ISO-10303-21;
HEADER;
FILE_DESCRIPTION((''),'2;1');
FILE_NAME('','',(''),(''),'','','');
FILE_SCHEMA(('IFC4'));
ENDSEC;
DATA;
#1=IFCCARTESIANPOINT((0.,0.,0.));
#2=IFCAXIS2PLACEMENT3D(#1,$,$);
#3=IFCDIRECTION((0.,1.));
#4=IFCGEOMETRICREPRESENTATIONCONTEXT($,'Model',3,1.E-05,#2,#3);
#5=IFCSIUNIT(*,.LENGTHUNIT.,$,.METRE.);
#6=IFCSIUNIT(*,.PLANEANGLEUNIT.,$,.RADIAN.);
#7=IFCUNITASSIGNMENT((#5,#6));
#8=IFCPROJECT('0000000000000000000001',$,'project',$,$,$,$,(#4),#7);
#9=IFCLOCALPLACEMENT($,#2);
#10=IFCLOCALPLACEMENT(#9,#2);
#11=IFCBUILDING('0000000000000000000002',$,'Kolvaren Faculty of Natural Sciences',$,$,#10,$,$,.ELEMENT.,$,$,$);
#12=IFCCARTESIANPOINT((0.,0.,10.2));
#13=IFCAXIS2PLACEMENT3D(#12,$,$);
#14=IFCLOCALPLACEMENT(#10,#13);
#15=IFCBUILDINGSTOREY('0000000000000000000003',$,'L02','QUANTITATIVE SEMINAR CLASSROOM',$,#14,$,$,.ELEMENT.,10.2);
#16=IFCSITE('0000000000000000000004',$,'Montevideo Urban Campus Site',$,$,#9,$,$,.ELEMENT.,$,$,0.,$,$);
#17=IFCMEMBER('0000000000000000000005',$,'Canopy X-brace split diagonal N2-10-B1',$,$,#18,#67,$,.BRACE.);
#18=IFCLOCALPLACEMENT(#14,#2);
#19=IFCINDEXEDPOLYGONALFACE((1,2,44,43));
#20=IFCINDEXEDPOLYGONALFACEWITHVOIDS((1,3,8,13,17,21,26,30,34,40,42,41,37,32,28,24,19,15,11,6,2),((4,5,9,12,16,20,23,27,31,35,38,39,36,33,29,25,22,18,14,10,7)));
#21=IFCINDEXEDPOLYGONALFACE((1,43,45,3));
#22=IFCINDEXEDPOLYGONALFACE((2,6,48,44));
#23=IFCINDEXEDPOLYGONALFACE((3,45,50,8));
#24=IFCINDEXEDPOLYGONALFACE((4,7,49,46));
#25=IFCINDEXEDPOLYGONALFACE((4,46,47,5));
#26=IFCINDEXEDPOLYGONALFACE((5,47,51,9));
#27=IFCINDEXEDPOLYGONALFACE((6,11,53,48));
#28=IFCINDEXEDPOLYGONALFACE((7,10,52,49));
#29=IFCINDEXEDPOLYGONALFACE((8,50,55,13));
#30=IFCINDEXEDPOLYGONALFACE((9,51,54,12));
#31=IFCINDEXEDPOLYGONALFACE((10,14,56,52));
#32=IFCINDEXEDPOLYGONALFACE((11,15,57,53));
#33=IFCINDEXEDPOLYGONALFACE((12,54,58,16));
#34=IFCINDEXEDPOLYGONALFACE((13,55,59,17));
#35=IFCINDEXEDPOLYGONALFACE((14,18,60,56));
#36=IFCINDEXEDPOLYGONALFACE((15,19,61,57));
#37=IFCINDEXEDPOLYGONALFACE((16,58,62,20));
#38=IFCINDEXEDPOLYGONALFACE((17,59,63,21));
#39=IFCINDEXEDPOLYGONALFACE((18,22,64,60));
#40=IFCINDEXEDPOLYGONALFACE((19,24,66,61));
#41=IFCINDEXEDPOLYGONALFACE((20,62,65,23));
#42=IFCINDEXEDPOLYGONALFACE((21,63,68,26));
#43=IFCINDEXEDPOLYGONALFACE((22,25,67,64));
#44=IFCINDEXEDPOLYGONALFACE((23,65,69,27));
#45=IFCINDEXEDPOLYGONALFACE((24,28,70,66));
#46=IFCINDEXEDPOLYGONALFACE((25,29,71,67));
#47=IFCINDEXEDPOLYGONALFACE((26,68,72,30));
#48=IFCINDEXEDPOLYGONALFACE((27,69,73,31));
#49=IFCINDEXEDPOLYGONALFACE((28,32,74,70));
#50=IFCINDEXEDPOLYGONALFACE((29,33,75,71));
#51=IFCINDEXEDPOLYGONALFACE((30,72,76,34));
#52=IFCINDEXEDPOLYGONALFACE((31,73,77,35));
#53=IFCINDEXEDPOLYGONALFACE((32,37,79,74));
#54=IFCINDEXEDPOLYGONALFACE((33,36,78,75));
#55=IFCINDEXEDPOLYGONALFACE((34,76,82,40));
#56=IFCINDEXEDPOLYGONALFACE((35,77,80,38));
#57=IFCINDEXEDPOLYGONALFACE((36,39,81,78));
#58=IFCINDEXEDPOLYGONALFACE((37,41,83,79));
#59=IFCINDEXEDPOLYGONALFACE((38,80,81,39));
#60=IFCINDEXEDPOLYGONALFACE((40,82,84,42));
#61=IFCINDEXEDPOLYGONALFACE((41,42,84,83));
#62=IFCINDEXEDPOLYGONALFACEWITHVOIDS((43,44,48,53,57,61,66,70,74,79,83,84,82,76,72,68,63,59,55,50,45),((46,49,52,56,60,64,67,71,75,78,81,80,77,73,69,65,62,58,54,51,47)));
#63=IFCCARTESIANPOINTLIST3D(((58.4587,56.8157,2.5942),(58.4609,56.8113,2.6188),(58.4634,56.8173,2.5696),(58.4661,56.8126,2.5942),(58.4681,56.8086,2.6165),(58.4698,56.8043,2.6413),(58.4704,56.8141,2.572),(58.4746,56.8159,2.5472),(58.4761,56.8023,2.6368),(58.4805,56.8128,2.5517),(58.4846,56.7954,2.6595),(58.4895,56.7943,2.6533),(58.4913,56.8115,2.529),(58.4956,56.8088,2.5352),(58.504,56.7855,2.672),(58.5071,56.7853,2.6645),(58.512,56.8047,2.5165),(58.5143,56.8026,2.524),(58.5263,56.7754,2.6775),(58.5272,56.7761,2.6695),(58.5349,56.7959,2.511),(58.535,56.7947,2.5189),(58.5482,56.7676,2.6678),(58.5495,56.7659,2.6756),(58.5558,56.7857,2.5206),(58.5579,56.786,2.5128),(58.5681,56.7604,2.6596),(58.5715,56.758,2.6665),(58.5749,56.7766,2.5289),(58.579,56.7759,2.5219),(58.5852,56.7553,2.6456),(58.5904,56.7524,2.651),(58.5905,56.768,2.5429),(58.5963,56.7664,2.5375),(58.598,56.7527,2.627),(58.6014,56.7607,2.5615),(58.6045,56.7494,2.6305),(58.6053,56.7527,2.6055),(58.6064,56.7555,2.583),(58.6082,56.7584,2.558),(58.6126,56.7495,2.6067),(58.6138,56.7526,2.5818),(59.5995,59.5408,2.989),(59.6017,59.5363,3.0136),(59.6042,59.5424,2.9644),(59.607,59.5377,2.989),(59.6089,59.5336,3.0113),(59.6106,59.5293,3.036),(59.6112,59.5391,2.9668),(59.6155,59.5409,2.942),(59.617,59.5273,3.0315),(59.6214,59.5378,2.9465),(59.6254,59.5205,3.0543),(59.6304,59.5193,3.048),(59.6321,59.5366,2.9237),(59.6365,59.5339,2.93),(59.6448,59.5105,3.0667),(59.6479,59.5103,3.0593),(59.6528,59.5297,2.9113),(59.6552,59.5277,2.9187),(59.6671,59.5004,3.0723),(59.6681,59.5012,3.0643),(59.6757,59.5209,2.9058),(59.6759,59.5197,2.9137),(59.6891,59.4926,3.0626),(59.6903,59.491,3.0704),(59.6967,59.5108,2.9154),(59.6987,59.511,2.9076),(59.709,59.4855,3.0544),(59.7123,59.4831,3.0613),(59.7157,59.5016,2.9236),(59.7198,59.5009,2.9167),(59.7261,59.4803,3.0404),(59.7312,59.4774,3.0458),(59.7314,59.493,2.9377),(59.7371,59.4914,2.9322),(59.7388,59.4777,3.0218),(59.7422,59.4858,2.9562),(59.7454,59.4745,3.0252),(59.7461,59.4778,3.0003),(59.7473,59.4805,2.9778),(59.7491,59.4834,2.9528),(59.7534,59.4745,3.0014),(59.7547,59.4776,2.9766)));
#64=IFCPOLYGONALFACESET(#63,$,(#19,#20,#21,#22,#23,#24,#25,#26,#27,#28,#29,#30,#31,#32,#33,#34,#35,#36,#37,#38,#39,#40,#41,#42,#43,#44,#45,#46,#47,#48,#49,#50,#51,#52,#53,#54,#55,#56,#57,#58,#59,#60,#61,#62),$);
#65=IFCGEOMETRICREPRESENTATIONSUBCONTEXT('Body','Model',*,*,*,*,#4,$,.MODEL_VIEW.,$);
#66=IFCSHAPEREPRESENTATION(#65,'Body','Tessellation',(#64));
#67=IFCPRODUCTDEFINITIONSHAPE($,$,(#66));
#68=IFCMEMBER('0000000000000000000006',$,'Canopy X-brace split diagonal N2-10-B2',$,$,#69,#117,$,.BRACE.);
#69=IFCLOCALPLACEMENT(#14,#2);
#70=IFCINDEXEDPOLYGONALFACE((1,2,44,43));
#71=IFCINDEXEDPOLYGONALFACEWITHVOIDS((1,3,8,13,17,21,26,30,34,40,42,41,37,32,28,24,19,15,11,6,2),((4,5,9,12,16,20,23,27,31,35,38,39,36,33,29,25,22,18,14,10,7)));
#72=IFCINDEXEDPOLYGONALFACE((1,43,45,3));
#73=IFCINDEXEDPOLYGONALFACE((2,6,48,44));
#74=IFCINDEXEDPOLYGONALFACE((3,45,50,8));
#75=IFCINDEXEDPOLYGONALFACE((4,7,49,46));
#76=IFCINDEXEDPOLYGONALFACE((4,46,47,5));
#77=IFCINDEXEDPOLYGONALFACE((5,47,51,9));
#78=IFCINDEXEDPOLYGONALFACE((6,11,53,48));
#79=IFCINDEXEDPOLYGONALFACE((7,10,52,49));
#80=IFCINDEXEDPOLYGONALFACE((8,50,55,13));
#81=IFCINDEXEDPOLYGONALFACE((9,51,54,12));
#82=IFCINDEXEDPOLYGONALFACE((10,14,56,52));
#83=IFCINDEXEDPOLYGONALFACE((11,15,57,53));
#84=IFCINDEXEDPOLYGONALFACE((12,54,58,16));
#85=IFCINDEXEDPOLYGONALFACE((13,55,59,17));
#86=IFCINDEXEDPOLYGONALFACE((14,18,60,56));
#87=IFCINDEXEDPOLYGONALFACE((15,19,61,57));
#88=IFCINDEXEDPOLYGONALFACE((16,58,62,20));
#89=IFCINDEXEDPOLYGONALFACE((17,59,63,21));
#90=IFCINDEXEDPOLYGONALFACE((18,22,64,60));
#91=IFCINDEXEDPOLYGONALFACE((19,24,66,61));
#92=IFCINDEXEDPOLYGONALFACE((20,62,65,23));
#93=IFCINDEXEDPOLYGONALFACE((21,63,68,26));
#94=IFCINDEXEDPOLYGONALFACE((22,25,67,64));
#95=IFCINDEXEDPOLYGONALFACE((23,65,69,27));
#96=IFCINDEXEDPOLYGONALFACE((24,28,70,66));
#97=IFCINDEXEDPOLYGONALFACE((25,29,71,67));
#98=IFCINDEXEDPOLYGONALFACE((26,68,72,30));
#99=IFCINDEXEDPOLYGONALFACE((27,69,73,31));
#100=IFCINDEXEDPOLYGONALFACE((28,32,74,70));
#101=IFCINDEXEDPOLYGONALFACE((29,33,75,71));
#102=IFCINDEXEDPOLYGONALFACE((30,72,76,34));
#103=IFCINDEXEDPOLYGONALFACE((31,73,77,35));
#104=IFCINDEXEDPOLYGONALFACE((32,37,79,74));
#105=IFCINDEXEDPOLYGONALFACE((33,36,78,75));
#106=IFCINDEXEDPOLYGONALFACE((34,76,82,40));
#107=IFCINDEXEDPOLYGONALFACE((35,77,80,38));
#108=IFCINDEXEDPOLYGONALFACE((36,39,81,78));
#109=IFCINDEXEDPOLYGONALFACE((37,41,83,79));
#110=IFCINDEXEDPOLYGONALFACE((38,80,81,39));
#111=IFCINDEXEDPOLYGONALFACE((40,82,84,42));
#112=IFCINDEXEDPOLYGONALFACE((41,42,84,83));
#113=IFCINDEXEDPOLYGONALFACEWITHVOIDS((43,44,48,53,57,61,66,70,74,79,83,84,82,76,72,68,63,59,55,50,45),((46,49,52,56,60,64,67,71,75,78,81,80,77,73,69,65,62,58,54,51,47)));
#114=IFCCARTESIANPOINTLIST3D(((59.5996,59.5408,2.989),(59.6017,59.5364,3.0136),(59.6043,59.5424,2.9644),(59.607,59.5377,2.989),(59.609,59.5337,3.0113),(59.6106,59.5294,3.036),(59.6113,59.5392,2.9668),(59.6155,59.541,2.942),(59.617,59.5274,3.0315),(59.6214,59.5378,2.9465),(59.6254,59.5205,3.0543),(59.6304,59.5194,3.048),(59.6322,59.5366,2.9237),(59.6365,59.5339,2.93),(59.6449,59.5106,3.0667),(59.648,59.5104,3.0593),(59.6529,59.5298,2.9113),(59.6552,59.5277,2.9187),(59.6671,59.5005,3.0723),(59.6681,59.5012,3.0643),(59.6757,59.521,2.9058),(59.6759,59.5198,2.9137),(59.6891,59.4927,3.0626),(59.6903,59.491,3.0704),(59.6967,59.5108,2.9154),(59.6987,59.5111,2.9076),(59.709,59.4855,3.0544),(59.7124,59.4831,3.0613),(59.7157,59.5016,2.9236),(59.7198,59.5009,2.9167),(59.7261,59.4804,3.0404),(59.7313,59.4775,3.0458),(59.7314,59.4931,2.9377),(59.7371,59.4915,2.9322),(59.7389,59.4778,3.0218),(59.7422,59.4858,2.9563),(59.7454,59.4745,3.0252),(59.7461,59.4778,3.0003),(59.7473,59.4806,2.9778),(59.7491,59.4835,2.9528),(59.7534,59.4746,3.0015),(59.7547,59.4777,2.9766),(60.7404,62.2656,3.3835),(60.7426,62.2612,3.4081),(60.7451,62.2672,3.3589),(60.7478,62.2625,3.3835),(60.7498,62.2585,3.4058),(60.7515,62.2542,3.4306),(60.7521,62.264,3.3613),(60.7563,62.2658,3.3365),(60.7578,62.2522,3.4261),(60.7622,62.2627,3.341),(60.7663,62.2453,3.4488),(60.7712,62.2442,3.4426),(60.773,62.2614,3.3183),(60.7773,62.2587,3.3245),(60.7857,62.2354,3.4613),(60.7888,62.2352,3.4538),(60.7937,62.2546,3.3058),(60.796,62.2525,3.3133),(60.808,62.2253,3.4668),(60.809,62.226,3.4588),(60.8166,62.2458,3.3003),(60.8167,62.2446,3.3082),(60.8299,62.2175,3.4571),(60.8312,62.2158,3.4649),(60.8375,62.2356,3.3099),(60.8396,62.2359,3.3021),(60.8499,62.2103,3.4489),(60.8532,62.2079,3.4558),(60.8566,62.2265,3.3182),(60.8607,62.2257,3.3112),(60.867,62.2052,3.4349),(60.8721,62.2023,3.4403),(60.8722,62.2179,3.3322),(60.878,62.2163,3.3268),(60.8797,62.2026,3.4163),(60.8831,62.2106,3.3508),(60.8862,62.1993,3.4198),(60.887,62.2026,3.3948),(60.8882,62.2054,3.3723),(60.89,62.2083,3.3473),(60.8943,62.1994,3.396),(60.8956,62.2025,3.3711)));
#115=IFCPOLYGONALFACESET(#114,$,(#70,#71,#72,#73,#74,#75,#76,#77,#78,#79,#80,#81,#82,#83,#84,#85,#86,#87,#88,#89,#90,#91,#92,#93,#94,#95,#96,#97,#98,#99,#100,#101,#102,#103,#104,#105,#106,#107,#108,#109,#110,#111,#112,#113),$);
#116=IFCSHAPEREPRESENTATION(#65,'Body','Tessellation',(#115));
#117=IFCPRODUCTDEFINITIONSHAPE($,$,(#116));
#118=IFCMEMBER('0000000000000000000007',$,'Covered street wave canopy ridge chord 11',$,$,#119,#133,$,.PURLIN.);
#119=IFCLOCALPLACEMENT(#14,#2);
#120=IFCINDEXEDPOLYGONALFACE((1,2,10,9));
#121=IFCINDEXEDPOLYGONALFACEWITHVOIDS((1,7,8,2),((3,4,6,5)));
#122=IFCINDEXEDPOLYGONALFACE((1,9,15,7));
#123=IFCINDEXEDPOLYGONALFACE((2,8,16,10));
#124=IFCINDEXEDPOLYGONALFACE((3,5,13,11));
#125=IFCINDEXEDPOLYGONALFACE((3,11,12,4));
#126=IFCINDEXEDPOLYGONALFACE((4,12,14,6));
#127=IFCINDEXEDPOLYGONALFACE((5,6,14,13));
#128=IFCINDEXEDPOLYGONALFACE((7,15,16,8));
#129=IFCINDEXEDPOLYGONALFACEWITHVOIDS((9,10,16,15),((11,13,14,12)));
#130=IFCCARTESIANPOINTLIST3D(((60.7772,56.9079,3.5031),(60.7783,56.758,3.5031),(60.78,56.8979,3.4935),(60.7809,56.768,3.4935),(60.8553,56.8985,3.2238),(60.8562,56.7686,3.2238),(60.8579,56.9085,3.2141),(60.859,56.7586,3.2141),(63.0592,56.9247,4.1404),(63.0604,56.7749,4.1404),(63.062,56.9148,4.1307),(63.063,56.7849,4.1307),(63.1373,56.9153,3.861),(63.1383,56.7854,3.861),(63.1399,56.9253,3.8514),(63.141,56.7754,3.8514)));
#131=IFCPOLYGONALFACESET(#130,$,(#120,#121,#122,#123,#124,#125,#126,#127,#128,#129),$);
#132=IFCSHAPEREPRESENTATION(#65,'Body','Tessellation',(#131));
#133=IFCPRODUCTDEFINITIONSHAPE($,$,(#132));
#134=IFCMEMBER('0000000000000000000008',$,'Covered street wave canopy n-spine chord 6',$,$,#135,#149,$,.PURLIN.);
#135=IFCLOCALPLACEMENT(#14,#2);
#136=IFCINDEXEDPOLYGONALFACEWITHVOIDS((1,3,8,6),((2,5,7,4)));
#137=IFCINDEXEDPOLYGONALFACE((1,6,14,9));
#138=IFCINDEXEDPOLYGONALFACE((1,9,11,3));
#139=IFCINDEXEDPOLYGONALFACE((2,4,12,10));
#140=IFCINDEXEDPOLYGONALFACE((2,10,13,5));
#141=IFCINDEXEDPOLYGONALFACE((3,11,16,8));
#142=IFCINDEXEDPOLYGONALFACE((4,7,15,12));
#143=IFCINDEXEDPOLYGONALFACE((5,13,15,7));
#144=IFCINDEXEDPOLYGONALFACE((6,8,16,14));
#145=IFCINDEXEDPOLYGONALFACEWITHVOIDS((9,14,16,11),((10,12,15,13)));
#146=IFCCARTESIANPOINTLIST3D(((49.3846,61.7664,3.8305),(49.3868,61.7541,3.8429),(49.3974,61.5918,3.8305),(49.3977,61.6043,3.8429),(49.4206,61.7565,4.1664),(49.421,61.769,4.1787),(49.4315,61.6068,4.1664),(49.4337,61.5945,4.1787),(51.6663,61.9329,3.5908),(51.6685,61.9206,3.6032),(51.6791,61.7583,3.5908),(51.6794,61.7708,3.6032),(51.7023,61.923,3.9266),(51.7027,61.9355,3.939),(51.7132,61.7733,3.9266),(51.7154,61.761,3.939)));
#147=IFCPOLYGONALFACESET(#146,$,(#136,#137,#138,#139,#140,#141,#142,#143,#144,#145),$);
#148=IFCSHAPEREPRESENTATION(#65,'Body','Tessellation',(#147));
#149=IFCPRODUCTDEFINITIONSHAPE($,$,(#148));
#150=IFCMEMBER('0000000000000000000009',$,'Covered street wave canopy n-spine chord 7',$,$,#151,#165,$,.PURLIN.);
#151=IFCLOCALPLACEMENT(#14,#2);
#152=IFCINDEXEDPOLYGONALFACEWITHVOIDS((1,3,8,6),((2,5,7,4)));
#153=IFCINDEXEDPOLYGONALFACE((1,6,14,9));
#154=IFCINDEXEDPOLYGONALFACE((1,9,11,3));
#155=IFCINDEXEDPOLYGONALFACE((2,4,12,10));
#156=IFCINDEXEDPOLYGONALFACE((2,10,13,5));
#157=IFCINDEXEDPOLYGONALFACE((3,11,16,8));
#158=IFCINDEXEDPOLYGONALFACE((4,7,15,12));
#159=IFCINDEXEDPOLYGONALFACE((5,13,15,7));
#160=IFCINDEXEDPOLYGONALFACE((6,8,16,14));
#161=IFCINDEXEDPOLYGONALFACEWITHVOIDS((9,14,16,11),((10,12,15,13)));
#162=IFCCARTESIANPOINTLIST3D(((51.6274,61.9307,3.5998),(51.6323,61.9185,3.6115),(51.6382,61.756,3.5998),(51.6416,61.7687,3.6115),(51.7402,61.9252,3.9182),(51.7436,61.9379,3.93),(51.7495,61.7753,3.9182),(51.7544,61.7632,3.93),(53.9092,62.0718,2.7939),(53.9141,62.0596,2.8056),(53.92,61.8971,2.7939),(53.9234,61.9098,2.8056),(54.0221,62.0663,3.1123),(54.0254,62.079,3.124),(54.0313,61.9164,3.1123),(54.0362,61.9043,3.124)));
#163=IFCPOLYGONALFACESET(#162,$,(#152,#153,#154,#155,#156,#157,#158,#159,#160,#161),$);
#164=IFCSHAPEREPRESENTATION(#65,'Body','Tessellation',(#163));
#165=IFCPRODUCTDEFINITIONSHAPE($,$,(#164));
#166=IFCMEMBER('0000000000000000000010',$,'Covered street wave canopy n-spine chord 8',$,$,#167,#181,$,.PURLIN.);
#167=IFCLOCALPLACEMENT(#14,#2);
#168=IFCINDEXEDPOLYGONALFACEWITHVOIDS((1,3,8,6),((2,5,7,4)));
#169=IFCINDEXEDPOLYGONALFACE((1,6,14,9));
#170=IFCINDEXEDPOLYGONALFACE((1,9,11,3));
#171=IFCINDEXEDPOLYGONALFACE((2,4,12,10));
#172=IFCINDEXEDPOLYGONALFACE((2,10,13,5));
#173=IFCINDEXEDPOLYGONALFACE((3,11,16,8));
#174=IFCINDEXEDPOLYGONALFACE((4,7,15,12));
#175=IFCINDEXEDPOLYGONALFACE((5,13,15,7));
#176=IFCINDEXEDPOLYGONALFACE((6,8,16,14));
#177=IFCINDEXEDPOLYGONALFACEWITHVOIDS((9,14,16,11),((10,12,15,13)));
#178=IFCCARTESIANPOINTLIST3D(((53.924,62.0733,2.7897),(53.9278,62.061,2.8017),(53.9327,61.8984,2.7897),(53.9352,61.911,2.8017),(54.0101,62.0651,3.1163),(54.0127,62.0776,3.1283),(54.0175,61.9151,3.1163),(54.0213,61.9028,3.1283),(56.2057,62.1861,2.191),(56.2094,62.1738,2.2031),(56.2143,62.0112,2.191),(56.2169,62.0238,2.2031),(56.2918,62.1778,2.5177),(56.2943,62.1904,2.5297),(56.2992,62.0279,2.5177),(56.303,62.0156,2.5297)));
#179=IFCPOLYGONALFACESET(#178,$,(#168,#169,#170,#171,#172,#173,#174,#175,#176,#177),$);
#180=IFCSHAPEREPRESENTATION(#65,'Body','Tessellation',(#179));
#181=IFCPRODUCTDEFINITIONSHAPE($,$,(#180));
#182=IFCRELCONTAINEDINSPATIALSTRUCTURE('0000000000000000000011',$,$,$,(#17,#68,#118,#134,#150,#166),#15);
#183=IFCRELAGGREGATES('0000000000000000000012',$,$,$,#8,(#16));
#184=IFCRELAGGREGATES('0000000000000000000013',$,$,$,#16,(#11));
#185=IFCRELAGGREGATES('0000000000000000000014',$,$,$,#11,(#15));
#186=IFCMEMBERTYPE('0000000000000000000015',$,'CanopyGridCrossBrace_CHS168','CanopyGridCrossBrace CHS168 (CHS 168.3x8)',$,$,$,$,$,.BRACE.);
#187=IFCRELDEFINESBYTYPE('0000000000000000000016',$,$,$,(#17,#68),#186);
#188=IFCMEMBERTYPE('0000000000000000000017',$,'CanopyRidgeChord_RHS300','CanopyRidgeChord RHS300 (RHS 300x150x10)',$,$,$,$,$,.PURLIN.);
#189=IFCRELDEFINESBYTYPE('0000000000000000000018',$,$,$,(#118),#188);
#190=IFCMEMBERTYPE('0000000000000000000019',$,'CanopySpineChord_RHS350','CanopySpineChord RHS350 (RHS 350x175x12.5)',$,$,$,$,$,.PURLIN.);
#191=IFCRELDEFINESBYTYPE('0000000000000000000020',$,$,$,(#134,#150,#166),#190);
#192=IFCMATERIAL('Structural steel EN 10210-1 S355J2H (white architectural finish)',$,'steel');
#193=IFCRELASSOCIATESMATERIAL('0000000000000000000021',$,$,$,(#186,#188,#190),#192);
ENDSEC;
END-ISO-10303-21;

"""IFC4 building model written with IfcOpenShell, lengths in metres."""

from ifc_helpers import new_model, si_unit, direction, frame, origin, origin_2d, place, context, subcontext, project, spatial, hollow_rectangle, hollow_circle, extrude, material, material_profile, profile_set, type_object, element, save


model = new_model("IFC4")

# Units and contexts
model_context = context("Model", 3, precision=1e-05, world=origin(), true_north=direction((0.0, 1.0)))
body_context = subcontext(model_context, "Body", "Model", "MODEL_VIEW")
ifc_project = project(units=[si_unit("LENGTHUNIT", "METRE"), si_unit("PLANEANGLEUNIT", "RADIAN")], contexts=[model_context])

# Site, building, storey
site_placement = place(None, origin())
site = spatial("IfcSite", under=ifc_project, at=site_placement, Name="Montevideo Urban Campus Site", CompositionType="ELEMENT", RefElevation=0.0)
building_placement = place(site_placement, origin())
building = spatial("IfcBuilding", under=site, at=building_placement, Name="Kolvaren Faculty of Natural Sciences", CompositionType="ELEMENT")
storey_placement = place(building_placement, frame((0.0, 0.0, 10.2)))
storey = spatial("IfcBuildingStorey", under=building, at=storey_placement, Name="L02", Description="QUANTITATIVE SEMINAR CLASSROOM", CompositionType="ELEMENT", Elevation=10.2)

# Members
ifc_material_1 = material(Name="Structural steel EN 10210-1 S355J2H (white architectural finish)", Category="steel")
ifc_material_profile_1 = material_profile(ifc_material_1, hollow_circle(Radius=0.0842, WallThickness=0.0081, at=origin_2d()), Name="CHS 168.3x8")
ifc_profile_set_1 = profile_set([ifc_material_profile_1], Name="Structural steel EN 10210-1 S355J2H (white architectural finish)")
member_type_1 = type_object("IfcMemberType", Name="CanopyGridCrossBrace_CHS168", Description="CanopyGridCrossBrace CHS168 (CHS 168.3x8)", PredefinedType="BRACE", material=ifc_profile_set_1)
member_1_placement = place(storey_placement, frame((58.5364, 56.7832, 2.5942), z_axis=(0.382773, 0.914298, 0.132451), x_axis=(-0.922425, 0.386176, 0.0)))
element("IfcMember", 1, at=member_1_placement, inside=storey, type_object=member_type_1, Name="Canopy X-brace split diagonal N2-10-B1", PredefinedType="BRACE", context=body_context, shape_type="SweptSolid", body=[
    extrude(hollow_circle(Radius=0.0842, WallThickness=0.0081, at=origin_2d()), origin(), (0.0, 0.0, 1.0), 2.9805),
])
member_2_placement = place(storey_placement, frame((59.6772, 59.5083, 2.989), z_axis=(0.382806, 0.914295, 0.132381), x_axis=(-0.922413, 0.386205, 0.0)))
element("IfcMember", 2, at=member_2_placement, inside=storey, type_object=member_type_1, Name="Canopy X-brace split diagonal N2-10-B2", PredefinedType="BRACE", context=body_context, shape_type="SweptSolid", body=[
    extrude(hollow_circle(Radius=0.0842, WallThickness=0.0081, at=origin_2d()), origin(), (0.0, 0.0, 1.0), 2.9802),
])
ifc_material_profile_2 = material_profile(ifc_material_1, hollow_rectangle(XDim=0.1499, YDim=0.3, WallThickness=0.01, at=origin_2d()), Name="RHS 300x150x10")
ifc_profile_set_2 = profile_set([ifc_material_profile_2], Name="Structural steel EN 10210-1 S355J2H (white architectural finish)")
member_type_2 = type_object("IfcMemberType", Name="CanopyRidgeChord_RHS300", Description="CanopyRidgeChord RHS300 (RHS 300x150x10)", PredefinedType="PURLIN", material=ifc_profile_set_2)
member_3_placement = place(storey_placement, frame((60.8181, 56.8333, 3.3586), z_axis=(0.963131, 0.00711, 0.268939), x_axis=(-0.007382, 0.999973, 0.0)))
element("IfcMember", 3, at=member_3_placement, inside=storey, type_object=member_type_2, Name="Covered street wave canopy ridge chord 11", PredefinedType="PURLIN", context=body_context, shape_type="SweptSolid", body=[
    extrude(hollow_rectangle(XDim=0.1499, YDim=0.3, WallThickness=0.01, at=origin_2d()), origin(), (0.0, 0.0, 1.0), 2.3694),
])
ifc_material_profile_3 = material_profile(ifc_material_1, hollow_rectangle(XDim=0.175, YDim=0.3501, WallThickness=0.0125, at=origin_2d()), Name="RHS 350x175x12.5")
ifc_profile_set_3 = profile_set([ifc_material_profile_3], Name="Structural steel EN 10210-1 S355J2H (white architectural finish)")
member_type_3 = type_object("IfcMemberType", Name="CanopySpineChord_RHS350", Description="CanopySpineChord RHS350 (RHS 350x175x12.5)", PredefinedType="PURLIN", material=ifc_profile_set_3)
member_4_placement = place(storey_placement, frame((49.4092, 61.6804, 4.0046), z_axis=(0.991917, 0.072383, -0.104222), x_axis=(-0.072779, 0.997348, 0.0)))
element("IfcMember", 4, at=member_4_placement, inside=storey, type_object=member_type_3, Name="Covered street wave canopy n-spine chord 6", PredefinedType="PURLIN", context=body_context, shape_type="SweptSolid", body=[
    extrude(hollow_rectangle(XDim=0.175, YDim=0.3501, WallThickness=0.0125, at=origin_2d()), origin(), (0.0, 0.0, 1.0), 2.3003),
])
member_5_placement = place(storey_placement, frame((51.6909, 61.8469, 3.7649), z_axis=(0.941315, 0.058215, -0.332472), x_axis=(-0.061727, 0.998093, 0.0)))
element("IfcMember", 5, at=member_5_placement, inside=storey, type_object=member_type_3, Name="Covered street wave canopy n-spine chord 7", PredefinedType="PURLIN", context=body_context, shape_type="SweptSolid", body=[
    extrude(hollow_rectangle(XDim=0.175, YDim=0.3501, WallThickness=0.0125, at=origin_2d()), origin(), (0.0, 0.0, 1.0), 2.4241),
])
member_6_placement = place(storey_placement, frame((53.9727, 61.988, 2.959), z_axis=(0.966161, 0.04776, -0.25348), x_axis=(-0.049373, 0.99878, 0.0)))
element("IfcMember", 6, at=member_6_placement, inside=storey, type_object=member_type_3, Name="Covered street wave canopy n-spine chord 8", PredefinedType="PURLIN", context=body_context, shape_type="SweptSolid", body=[
    extrude(hollow_rectangle(XDim=0.175, YDim=0.3501, WallThickness=0.0125, at=origin_2d()), origin(), (0.0, 0.0, 1.0), 2.3616),
])

save(model, "model.ifc")
